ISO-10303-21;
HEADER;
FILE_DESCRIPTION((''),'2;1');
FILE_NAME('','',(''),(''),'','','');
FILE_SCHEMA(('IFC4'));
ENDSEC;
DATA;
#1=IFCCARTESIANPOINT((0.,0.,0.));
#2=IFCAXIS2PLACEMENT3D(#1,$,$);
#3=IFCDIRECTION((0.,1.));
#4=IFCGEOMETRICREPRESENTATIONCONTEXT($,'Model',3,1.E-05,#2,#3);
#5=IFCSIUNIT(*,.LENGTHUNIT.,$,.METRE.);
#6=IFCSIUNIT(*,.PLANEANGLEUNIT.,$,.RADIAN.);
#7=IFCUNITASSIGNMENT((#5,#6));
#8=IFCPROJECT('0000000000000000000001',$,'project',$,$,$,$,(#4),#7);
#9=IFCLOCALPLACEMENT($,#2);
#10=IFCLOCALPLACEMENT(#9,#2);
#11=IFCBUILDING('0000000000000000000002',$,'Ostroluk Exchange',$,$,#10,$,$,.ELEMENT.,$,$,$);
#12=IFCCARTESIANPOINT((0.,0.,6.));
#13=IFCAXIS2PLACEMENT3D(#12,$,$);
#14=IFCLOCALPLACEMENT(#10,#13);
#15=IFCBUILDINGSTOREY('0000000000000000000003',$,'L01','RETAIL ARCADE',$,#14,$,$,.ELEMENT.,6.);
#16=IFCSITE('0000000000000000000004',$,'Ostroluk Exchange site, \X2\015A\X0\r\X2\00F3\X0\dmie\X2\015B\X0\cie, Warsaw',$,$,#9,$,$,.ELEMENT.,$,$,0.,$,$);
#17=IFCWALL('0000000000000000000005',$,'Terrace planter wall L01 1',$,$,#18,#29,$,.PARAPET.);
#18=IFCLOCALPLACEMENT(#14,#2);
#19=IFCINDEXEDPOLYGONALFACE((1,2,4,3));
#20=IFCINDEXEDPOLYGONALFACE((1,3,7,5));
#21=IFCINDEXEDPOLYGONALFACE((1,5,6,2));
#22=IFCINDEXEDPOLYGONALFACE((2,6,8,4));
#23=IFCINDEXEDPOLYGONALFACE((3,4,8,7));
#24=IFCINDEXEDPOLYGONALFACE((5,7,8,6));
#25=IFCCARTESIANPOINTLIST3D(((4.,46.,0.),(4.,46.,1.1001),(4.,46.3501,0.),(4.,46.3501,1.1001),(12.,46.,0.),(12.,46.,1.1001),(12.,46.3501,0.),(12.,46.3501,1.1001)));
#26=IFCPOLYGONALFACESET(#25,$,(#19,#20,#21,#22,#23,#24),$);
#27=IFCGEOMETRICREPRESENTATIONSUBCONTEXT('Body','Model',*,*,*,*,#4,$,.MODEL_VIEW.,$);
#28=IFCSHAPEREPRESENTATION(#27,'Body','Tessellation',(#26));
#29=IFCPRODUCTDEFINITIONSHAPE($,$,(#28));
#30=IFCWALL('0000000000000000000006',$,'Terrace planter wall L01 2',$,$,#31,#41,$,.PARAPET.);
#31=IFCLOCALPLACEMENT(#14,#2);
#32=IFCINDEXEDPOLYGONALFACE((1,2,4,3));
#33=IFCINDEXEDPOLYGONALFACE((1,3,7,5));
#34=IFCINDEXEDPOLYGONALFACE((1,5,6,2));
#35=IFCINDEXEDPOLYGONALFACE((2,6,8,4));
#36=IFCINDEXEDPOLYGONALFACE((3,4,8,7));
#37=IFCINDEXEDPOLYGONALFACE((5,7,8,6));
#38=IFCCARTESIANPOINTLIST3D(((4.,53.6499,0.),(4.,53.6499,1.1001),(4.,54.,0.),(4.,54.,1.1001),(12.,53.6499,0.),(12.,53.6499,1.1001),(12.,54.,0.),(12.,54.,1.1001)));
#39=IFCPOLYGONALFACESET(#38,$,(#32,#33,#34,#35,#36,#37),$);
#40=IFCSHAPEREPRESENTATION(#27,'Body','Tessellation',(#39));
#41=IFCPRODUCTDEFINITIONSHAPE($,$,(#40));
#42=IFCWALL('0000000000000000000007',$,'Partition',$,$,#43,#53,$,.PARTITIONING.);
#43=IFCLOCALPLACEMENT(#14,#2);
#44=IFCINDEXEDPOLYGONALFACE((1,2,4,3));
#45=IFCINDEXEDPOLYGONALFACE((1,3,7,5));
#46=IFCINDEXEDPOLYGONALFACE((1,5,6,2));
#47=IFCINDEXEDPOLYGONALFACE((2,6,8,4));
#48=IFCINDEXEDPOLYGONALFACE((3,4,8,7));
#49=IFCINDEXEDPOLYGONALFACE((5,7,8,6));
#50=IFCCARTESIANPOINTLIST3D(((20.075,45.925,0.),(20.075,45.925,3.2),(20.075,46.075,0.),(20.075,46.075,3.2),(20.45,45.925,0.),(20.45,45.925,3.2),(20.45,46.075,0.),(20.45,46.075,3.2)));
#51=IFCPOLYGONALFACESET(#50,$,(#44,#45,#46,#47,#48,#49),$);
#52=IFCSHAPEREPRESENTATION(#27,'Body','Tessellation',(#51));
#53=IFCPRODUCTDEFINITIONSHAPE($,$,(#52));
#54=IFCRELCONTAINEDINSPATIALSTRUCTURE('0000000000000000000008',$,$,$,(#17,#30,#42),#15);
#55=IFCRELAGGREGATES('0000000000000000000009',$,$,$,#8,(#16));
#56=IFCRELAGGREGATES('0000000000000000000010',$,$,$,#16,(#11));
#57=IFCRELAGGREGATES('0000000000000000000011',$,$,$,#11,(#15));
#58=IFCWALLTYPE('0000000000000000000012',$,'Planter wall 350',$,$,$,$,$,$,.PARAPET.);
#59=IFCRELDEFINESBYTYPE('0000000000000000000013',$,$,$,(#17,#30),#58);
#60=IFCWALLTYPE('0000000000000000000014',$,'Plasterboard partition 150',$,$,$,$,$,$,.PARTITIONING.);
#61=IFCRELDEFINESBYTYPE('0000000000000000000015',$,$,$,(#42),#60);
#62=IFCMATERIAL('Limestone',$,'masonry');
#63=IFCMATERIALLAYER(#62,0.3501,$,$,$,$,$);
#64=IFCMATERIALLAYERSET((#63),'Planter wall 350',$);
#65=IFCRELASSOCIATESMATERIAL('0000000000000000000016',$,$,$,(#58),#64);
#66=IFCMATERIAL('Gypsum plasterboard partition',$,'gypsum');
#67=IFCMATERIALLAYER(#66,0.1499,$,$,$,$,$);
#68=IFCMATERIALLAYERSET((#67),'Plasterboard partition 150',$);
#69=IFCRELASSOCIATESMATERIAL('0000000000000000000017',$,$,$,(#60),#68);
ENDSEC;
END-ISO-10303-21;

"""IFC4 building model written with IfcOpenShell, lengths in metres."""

from ifc_helpers import new_model, si_unit, direction, frame, frame_2d, origin, place, context, subcontext, project, spatial, rectangle, extrude, material, layer, layer_set, type_object, element, save


model = new_model("IFC4")

# Units and contexts
model_context = context("Model", 3, precision=1e-05, world=origin(), true_north=direction((0.0, 1.0)))
body_context = subcontext(model_context, "Body", "Model", "MODEL_VIEW")
ifc_project = project(units=[si_unit("LENGTHUNIT", "METRE"), si_unit("PLANEANGLEUNIT", "RADIAN")], contexts=[model_context])

# Site, building, storey
site_placement = place(None, origin())
site = spatial("IfcSite", under=ifc_project, at=site_placement, Name="Ostroluk Exchange site, Śródmieście, Warsaw", CompositionType="ELEMENT", RefElevation=0.0)
building_placement = place(site_placement, origin())
building = spatial("IfcBuilding", under=site, at=building_placement, Name="Ostroluk Exchange", CompositionType="ELEMENT")
storey_placement = place(building_placement, frame((0.0, 0.0, 6.0)))
storey = spatial("IfcBuildingStorey", under=building, at=storey_placement, Name="L01", Description="RETAIL ARCADE", CompositionType="ELEMENT", Elevation=6.0)

# Walls
ifc_material_1 = material(Name="Limestone", Category="masonry")
ifc_layer_1 = layer(ifc_material_1, 0.3501)
ifc_layer_set_1 = layer_set([ifc_layer_1], Name="Planter wall 350")
wall_type_1 = type_object("IfcWallType", Name="Planter wall 350", PredefinedType="PARAPET", material=ifc_layer_set_1)
for number, where, z_axis, x_axis, name in (
    (1, (4.0, 46.175, 0.0), (0.0, 0.0, 1.0), (1.0, 0.0, 0.0), "Terrace planter wall L01 1"),
    (2, (4.0, 53.825, 0.0), (0.0, 0.0, 1.0), (1.0, 0.0, 0.0), "Terrace planter wall L01 2"),
):
    element("IfcWall", number, at=place(storey_placement, frame(where, z_axis=z_axis, x_axis=x_axis)), inside=storey, type_object=wall_type_1, Name=name, PredefinedType="PARAPET", context=body_context, shape_type="SweptSolid", body=[
        extrude(rectangle(XDim=8.0, YDim=0.3501, at=frame_2d((4.0, 0.0))), origin(), (0.0, 0.0, 1.0), 1.1001),
    ])
ifc_material_2 = material(Name="Gypsum plasterboard partition", Category="gypsum")
ifc_layer_2 = layer(ifc_material_2, 0.1499)
ifc_layer_set_2 = layer_set([ifc_layer_2], Name="Plasterboard partition 150")
wall_type_2 = type_object("IfcWallType", Name="Plasterboard partition 150", PredefinedType="PARTITIONING", material=ifc_layer_set_2)
wall_1_placement = place(storey_placement, frame((20.075, 46.0, 0.0), z_axis=(0.0, 0.0, 1.0), x_axis=(1.0, 0.0, 0.0)))
element("IfcWall", 3, at=wall_1_placement, inside=storey, type_object=wall_type_2, Name="Partition", PredefinedType="PARTITIONING", context=body_context, shape_type="SweptSolid", body=[
    extrude(rectangle(XDim=0.375, YDim=0.1499, at=frame_2d((0.1875, 0.0))), origin(), (0.0, 0.0, 1.0), 3.2),
])

save(model, "model.ifc")
